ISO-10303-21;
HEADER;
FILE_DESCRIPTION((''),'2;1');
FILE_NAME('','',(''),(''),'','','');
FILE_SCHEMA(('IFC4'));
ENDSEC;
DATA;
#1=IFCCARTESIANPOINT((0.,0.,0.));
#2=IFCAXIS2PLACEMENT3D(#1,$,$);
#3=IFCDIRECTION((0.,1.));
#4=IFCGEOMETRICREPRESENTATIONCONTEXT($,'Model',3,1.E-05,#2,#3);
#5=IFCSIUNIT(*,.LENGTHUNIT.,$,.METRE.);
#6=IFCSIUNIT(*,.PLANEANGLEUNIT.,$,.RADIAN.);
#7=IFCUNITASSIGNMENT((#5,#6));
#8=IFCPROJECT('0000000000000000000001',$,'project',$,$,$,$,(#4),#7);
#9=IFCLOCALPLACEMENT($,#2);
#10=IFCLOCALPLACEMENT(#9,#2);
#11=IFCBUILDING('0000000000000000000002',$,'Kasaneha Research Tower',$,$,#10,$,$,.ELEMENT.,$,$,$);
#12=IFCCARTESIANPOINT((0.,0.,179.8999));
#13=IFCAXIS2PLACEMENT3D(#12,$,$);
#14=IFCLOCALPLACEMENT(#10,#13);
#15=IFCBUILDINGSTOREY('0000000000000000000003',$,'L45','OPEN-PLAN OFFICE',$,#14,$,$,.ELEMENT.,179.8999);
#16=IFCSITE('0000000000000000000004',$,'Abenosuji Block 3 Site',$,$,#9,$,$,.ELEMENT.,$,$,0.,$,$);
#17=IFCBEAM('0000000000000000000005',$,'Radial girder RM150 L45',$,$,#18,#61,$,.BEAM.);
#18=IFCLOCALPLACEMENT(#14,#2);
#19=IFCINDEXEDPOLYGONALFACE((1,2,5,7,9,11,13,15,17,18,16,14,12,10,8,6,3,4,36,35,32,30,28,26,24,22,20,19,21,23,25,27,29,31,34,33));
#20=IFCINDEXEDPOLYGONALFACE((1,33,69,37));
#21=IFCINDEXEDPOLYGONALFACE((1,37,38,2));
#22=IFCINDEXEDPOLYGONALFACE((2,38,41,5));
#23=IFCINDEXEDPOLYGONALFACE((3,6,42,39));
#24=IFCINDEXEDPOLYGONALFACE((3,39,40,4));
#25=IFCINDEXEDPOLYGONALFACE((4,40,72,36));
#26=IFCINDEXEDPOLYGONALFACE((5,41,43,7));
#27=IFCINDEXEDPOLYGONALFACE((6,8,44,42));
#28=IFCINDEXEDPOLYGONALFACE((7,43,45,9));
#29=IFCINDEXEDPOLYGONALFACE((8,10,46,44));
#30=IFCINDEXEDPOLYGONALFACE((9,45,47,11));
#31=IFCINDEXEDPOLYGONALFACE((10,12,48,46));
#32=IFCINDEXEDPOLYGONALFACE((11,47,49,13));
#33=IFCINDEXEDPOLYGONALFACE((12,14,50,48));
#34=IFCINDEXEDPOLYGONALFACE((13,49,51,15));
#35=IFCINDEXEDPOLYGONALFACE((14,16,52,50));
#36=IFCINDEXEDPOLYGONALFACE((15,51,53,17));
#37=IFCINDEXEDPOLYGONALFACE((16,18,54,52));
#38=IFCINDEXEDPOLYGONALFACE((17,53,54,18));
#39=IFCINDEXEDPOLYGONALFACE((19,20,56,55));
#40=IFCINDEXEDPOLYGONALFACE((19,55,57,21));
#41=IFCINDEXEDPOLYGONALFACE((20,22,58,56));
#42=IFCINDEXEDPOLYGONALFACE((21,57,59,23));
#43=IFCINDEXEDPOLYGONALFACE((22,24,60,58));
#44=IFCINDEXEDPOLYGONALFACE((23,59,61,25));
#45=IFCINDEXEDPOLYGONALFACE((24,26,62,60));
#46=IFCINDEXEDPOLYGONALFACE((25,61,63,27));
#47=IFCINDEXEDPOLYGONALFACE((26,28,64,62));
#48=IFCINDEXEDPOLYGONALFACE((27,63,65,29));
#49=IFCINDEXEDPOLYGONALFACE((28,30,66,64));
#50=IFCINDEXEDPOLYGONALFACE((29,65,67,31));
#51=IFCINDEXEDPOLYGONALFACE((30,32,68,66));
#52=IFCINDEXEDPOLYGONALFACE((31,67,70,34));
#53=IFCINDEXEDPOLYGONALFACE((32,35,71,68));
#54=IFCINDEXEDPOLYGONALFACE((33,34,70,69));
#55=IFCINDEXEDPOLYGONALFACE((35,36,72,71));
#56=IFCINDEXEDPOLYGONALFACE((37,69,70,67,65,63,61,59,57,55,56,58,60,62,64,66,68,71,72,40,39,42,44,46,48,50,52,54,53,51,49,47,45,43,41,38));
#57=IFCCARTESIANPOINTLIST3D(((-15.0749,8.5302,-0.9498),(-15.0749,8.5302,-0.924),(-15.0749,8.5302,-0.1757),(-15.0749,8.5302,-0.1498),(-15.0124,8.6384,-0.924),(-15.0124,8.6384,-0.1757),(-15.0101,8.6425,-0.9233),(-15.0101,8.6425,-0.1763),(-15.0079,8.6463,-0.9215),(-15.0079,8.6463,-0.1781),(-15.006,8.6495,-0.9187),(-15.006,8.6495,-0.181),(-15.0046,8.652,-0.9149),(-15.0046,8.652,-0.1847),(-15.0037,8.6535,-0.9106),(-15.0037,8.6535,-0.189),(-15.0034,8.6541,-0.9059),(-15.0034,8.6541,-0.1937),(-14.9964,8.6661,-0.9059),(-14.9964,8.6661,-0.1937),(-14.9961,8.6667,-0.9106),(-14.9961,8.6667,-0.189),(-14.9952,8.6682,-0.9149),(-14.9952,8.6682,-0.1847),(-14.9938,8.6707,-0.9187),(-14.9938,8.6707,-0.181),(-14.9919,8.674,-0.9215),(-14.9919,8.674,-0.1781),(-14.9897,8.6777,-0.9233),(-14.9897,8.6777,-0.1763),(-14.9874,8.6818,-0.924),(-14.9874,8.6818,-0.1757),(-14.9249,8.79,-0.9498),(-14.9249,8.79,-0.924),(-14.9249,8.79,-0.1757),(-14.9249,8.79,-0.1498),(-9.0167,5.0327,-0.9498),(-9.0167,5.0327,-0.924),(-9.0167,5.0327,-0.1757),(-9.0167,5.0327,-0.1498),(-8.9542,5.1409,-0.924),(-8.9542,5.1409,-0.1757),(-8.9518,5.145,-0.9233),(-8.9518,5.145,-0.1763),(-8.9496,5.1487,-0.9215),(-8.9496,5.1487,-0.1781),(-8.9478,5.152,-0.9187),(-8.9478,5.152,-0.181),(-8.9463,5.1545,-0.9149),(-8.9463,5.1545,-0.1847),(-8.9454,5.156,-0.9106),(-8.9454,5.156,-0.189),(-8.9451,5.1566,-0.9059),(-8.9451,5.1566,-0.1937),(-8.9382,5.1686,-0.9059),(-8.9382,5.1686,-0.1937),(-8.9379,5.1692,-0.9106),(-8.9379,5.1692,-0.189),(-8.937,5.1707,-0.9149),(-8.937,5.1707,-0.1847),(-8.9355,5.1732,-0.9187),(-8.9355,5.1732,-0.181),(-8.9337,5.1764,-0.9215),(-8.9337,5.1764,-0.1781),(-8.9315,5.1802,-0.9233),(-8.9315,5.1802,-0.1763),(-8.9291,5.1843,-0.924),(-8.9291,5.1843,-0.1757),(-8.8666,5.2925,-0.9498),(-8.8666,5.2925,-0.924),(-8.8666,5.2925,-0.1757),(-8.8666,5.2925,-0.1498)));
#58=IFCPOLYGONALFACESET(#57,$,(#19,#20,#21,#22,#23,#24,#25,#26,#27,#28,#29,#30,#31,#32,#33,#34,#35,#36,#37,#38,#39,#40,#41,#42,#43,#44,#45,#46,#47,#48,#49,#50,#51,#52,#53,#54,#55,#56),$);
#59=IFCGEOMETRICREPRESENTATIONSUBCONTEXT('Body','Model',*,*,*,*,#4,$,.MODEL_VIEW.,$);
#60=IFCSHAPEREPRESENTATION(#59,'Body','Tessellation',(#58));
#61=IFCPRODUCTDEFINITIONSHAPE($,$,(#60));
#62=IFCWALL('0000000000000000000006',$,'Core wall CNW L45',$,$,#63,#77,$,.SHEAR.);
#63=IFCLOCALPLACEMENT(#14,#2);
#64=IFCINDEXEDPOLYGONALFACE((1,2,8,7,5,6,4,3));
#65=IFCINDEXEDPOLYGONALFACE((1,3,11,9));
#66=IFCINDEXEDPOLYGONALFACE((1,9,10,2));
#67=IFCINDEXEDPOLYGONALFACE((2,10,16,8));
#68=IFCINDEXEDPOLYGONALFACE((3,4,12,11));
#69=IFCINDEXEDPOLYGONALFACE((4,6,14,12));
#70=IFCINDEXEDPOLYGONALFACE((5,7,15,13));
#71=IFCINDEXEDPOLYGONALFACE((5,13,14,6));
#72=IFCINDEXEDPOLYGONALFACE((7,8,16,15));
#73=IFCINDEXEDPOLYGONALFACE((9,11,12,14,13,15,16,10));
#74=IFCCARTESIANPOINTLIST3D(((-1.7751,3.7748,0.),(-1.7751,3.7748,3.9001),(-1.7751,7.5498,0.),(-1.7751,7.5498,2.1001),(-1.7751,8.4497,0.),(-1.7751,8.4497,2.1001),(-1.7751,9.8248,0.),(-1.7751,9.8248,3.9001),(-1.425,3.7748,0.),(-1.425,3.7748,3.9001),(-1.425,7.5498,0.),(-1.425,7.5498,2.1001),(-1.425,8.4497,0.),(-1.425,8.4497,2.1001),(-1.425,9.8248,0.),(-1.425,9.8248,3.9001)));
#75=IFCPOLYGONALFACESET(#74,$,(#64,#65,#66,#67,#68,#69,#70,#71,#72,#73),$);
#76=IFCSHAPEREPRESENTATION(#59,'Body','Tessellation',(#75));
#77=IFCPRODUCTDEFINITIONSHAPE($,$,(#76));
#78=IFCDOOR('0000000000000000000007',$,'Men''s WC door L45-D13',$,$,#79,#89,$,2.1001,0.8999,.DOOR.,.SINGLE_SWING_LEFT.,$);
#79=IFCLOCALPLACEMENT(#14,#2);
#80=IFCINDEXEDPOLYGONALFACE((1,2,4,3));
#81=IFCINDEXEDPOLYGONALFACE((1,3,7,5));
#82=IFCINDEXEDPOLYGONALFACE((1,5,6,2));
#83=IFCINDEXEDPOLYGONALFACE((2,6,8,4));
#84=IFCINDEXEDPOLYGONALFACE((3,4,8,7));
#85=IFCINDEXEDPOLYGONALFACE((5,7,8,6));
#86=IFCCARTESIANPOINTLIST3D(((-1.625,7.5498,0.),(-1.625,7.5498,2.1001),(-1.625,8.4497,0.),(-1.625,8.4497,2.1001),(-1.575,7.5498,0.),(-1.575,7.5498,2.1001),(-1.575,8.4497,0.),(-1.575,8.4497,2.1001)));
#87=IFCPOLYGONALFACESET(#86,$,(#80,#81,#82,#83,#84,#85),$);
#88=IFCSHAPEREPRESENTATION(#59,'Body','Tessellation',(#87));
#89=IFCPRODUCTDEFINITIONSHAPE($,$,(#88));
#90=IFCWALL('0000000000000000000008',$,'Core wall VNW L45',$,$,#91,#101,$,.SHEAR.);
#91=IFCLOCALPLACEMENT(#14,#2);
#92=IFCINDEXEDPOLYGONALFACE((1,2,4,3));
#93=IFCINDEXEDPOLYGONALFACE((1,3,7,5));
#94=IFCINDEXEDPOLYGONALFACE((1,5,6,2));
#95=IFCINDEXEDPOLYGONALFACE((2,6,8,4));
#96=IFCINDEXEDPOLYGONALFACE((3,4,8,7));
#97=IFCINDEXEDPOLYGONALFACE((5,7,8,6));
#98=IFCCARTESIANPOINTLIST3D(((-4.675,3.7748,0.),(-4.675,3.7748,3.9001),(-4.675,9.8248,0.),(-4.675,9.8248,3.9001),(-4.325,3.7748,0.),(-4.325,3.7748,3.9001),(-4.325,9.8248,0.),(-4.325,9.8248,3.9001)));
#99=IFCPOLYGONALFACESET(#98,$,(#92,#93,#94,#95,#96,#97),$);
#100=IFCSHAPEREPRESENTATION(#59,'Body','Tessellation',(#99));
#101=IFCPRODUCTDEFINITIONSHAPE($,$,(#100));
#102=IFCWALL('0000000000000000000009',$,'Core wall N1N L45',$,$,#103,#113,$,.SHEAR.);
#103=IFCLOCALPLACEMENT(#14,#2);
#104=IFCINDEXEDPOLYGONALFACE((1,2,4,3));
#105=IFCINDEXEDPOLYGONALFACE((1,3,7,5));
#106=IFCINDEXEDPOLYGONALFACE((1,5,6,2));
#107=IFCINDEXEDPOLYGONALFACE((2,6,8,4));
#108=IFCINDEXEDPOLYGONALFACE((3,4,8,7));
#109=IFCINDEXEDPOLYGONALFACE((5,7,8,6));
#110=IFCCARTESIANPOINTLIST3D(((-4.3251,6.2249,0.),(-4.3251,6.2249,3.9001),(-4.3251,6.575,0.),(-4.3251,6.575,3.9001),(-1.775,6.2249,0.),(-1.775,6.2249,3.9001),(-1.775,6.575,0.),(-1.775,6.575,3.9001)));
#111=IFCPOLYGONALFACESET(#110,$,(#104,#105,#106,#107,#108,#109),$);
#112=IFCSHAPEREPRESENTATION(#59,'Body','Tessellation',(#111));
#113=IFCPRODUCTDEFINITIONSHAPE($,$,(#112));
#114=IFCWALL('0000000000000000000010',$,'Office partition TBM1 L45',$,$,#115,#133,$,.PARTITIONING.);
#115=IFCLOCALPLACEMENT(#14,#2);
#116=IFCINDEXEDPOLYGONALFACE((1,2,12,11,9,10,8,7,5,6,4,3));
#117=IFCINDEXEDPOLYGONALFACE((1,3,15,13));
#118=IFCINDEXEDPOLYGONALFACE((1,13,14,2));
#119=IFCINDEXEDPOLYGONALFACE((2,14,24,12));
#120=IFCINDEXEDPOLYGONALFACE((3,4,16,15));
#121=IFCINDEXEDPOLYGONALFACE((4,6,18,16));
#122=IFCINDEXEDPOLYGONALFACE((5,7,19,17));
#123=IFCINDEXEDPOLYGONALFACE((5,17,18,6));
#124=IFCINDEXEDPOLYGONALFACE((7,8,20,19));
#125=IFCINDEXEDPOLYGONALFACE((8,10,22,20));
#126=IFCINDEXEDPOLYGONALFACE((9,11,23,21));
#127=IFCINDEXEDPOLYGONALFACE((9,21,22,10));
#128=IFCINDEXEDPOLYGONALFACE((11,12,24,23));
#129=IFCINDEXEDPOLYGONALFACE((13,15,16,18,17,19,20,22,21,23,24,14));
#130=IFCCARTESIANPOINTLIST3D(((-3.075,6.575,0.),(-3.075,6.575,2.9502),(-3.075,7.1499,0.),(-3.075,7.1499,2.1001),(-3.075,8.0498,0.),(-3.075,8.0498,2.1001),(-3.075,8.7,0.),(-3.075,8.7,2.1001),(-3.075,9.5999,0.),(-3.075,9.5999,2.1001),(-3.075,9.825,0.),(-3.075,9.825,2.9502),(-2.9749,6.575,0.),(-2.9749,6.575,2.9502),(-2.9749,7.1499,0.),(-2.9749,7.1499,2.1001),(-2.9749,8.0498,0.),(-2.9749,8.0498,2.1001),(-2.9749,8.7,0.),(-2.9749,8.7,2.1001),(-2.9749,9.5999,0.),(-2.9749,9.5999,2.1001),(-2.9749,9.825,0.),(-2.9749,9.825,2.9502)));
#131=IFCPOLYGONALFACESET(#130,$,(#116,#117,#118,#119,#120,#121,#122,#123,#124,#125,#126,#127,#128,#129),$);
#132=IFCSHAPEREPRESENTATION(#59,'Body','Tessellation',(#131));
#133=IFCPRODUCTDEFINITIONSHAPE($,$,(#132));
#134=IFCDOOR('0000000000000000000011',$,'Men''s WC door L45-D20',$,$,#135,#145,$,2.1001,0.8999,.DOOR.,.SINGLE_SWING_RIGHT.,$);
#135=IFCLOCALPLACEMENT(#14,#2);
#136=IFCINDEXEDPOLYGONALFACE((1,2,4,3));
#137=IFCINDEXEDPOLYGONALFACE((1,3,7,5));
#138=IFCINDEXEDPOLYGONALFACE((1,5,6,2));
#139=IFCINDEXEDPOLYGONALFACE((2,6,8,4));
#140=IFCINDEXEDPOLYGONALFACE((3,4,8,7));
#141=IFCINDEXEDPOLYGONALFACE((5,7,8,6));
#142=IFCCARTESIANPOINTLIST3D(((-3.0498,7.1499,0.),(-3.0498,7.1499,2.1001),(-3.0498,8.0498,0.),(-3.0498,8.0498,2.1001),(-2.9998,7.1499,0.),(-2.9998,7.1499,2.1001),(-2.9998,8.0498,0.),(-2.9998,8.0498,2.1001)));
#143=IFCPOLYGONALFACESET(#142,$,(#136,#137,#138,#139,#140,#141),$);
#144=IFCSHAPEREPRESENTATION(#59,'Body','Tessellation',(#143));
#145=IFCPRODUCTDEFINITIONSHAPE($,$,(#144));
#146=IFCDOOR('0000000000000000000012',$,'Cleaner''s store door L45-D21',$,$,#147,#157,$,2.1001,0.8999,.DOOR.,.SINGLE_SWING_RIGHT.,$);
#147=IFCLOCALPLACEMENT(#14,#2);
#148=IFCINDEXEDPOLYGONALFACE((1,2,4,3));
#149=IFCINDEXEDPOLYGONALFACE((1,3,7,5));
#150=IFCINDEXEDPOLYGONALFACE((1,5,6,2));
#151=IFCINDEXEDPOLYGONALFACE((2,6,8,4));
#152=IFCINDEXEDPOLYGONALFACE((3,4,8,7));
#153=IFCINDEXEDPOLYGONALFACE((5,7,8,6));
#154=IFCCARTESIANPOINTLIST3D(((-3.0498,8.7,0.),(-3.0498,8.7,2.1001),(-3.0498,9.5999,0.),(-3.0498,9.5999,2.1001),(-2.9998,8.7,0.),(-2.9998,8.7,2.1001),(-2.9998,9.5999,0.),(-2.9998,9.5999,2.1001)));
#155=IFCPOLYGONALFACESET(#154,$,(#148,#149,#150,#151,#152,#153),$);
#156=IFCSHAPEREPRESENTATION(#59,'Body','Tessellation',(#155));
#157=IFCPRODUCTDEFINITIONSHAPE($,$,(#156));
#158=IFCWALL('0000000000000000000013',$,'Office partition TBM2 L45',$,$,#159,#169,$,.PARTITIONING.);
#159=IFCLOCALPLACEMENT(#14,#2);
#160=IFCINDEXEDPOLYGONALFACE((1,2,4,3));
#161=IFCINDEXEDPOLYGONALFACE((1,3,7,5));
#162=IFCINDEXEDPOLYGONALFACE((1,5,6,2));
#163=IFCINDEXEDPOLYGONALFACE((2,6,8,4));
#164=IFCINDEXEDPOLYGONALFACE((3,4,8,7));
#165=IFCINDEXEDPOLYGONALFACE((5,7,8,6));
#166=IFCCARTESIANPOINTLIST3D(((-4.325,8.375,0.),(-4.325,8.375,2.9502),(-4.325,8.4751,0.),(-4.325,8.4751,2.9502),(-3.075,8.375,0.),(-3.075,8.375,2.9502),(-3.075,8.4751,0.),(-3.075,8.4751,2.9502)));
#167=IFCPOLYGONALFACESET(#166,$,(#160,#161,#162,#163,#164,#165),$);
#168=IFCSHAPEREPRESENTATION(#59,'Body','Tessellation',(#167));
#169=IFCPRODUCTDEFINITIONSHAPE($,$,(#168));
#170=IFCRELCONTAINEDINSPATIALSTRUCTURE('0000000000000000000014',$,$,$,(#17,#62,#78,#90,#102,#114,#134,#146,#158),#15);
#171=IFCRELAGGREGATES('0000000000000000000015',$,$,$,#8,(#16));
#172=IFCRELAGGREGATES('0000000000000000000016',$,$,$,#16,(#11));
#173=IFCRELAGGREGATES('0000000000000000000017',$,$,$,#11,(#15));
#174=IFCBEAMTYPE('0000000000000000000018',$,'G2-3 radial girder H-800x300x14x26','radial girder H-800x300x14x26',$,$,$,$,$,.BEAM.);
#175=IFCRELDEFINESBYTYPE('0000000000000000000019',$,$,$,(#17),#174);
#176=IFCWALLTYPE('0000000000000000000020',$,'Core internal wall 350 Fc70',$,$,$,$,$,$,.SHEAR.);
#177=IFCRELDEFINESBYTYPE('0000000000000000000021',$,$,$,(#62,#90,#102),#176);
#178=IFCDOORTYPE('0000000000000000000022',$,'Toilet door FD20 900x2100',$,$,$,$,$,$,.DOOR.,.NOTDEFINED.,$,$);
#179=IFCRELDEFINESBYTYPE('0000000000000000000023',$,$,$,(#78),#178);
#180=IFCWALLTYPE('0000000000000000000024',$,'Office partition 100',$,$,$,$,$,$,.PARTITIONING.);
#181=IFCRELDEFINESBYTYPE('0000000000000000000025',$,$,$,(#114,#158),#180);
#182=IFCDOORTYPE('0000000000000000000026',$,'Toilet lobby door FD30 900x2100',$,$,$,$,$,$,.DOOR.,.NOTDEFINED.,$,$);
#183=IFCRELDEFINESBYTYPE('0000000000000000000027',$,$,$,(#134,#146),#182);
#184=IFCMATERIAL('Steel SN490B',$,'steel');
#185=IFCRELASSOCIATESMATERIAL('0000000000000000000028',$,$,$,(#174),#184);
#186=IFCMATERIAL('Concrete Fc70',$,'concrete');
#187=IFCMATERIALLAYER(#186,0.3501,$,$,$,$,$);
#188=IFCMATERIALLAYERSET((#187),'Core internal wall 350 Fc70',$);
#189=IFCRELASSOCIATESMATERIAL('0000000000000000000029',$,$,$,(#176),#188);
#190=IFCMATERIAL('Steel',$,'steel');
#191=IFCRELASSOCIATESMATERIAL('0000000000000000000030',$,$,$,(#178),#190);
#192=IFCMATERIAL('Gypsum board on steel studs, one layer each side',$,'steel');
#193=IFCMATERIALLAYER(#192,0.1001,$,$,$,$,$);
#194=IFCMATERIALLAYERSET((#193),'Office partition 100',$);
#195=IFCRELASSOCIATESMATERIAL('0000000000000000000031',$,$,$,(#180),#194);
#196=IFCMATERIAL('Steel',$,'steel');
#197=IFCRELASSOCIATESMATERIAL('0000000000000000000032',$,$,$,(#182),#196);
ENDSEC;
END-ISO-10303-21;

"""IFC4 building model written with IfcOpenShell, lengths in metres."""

from ifc_helpers import new_model, si_unit, direction, frame, frame_2d, origin, origin_2d, place, context, subcontext, project, spatial, rectangle, i_section, extrude, material, layer, layer_set, material_profile, profile_set, type_object, element, fill, save


model = new_model("IFC4")

# Units and contexts
model_context = context("Model", 3, precision=1e-05, world=origin(), true_north=direction((0.0, 1.0)))
body_context = subcontext(model_context, "Body", "Model", "MODEL_VIEW")
ifc_project = project(units=[si_unit("LENGTHUNIT", "METRE"), si_unit("PLANEANGLEUNIT", "RADIAN")], contexts=[model_context])

# Site, building, storey
site_placement = place(None, origin())
site = spatial("IfcSite", under=ifc_project, at=site_placement, Name="Abenosuji Block 3 Site", CompositionType="ELEMENT", RefElevation=0.0)
building_placement = place(site_placement, origin())
building = spatial("IfcBuilding", under=site, at=building_placement, Name="Kasaneha Research Tower", CompositionType="ELEMENT")
storey_placement = place(building_placement, frame((0.0, 0.0, 179.8999)))
storey = spatial("IfcBuildingStorey", under=building, at=storey_placement, Name="L45", Description="OPEN-PLAN OFFICE", CompositionType="ELEMENT", Elevation=179.8999)

# Beam
ifc_material_1 = material(Name="Steel SN490B", Category="steel")
ifc_material_profile = material_profile(ifc_material_1, i_section(OverallWidth=0.3, OverallDepth=0.8, WebThickness=0.0139, FlangeThickness=0.0259, FilletRadius=0.0181, at=origin_2d()), Name="H-800x300x14x26")
ifc_profile_set = profile_set([ifc_material_profile], Name="Steel SN490B")
beam_type = type_object("IfcBeamType", Name="G2-3 radial girder H-800x300x14x26", Description="radial girder H-800x300x14x26", PredefinedType="BEAM", material=ifc_profile_set)
beam_placement = place(storey_placement, frame((-8.9417, 5.1626, -0.5498), z_axis=(-0.86604, 0.499975, 0.0), x_axis=(-0.499975, -0.86604, 0.0)))
element("IfcBeam", 1, at=beam_placement, inside=storey, type_object=beam_type, Name="Radial girder RM150 L45", PredefinedType="BEAM", context=body_context, shape_type="SweptSolid", body=[
    extrude(i_section(OverallWidth=0.3, OverallDepth=0.8, WebThickness=0.0139, FlangeThickness=0.0259, FilletRadius=0.0181, at=origin_2d()), origin(), (0.0, 0.0, 1.0), 6.9954),
])

# Shared definitions
ifc_material_2 = material(Name="Concrete Fc70", Category="concrete")
ifc_layer_1 = layer(ifc_material_2, 0.3501)
ifc_layer_set_1 = layer_set([ifc_layer_1], Name="Core internal wall 350 Fc70")
wall_type_1 = type_object("IfcWallType", Name="Core internal wall 350 Fc70", PredefinedType="SHEAR", material=ifc_layer_set_1)

# Wall, opening, door
wall_1_placement = place(storey_placement, frame((-1.6001, 3.7749, 0.0), z_axis=(0.0, 0.0, 1.0), x_axis=(0.0, 1.0, 0.0)))
wall_1 = element("IfcWall", 2, at=wall_1_placement, inside=storey, type_object=wall_type_1, Name="Core wall CNW L45", PredefinedType="SHEAR", context=body_context, shape_type="SweptSolid", body=[
    extrude(rectangle(XDim=6.05, YDim=0.3501, at=frame_2d((3.0249, 0.0))), origin(), (0.0, 0.0, 1.0), 3.9001),
])
opening_1_placement = place(wall_1_placement, frame((3.7749, 0.0, 0.0)))
opening_1 = element("IfcOpeningElement", 3, at=opening_1_placement, cuts=wall_1, PredefinedType="OPENING", context=body_context, shape_type="SweptSolid", body=[
    extrude(rectangle(XDim=0.8999, YDim=2.1001, at=frame_2d((0.45, 1.05))), frame((0.0, 0.1851, 0.0), z_axis=(0.0, -1.0, 0.0), x_axis=(1.0, 0.0, 0.0)), (0.0, 0.0, 1.0), 0.3701),
])
ifc_material_3 = material(Name="Steel", Category="steel")
door_type_1 = type_object("IfcDoorType", Name="Toilet door FD20 900x2100", OperationType="NOTDEFINED", PredefinedType="DOOR", material=ifc_material_3)
door_1_placement = place(opening_1_placement, origin())
door_1 = element("IfcDoor", 4, at=door_1_placement, inside=storey, type_object=door_type_1, Name="Men's WC door L45-D13", OperationType="SINGLE_SWING_LEFT", OverallHeight=2.1001, OverallWidth=0.8999, PredefinedType="DOOR", context=body_context, shape_type="SweptSolid", body=[
    extrude(rectangle(XDim=0.8999, YDim=2.1001, at=frame_2d((0.45, 1.05))), frame((0.0, 0.0249, 0.0), z_axis=(0.0, -1.0, 0.0), x_axis=(1.0, 0.0, 0.0)), (0.0, 0.0, 1.0), 0.05),
])
fill(opening_1, door_1)

# Walls
wall_2_placement = place(storey_placement, frame((-4.5, 3.7749, 0.0), z_axis=(0.0, 0.0, 1.0), x_axis=(0.0, 1.0, 0.0)))
element("IfcWall", 5, at=wall_2_placement, inside=storey, type_object=wall_type_1, Name="Core wall VNW L45", PredefinedType="SHEAR", context=body_context, shape_type="SweptSolid", body=[
    extrude(rectangle(XDim=6.05, YDim=0.3501, at=frame_2d((3.0249, 0.0))), origin(), (0.0, 0.0, 1.0), 3.9001),
])
wall_3_placement = place(storey_placement, frame((-4.325, 6.3999, 0.0), z_axis=(0.0, 0.0, 1.0), x_axis=(1.0, 0.0, 0.0)))
element("IfcWall", 6, at=wall_3_placement, inside=storey, type_object=wall_type_1, Name="Core wall N1N L45", PredefinedType="SHEAR", context=body_context, shape_type="SweptSolid", body=[
    extrude(rectangle(XDim=2.55, YDim=0.3501, at=frame_2d((1.2749, 0.0))), origin(), (0.0, 0.0, 1.0), 3.9001),
])

# Wall, openings, doors
ifc_material_4 = material(Name="Gypsum board on steel studs, one layer each side", Category="steel")
ifc_layer_2 = layer(ifc_material_4, 0.1001)
ifc_layer_set_2 = layer_set([ifc_layer_2], Name="Office partition 100")
wall_type_2 = type_object("IfcWallType", Name="Office partition 100", PredefinedType="PARTITIONING", material=ifc_layer_set_2)
wall_4_placement = place(storey_placement, frame((-3.0249, 6.575, 0.0), z_axis=(0.0, 0.0, 1.0), x_axis=(0.0, 1.0, 0.0)))
wall_4 = element("IfcWall", 7, at=wall_4_placement, inside=storey, type_object=wall_type_2, Name="Office partition TBM1 L45", PredefinedType="PARTITIONING", context=body_context, shape_type="SweptSolid", body=[
    extrude(rectangle(XDim=3.25, YDim=0.1001, at=frame_2d((1.625, 0.0))), origin(), (0.0, 0.0, 1.0), 2.9502),
])
opening_2_placement = place(wall_4_placement, frame((0.575, 0.0, 0.0)))
opening_2 = element("IfcOpeningElement", 8, at=opening_2_placement, cuts=wall_4, PredefinedType="OPENING", context=body_context, shape_type="SweptSolid", body=[
    extrude(rectangle(XDim=0.8999, YDim=2.1001, at=frame_2d((0.45, 1.05))), frame((0.0, 0.0601, 0.0), z_axis=(0.0, -1.0, 0.0), x_axis=(1.0, 0.0, 0.0)), (0.0, 0.0, 1.0), 0.1201),
])
opening_3_placement = place(wall_4_placement, frame((2.125, 0.0, 0.0)))
opening_3 = element("IfcOpeningElement", 9, at=opening_3_placement, cuts=wall_4, PredefinedType="OPENING", context=body_context, shape_type="SweptSolid", body=[
    extrude(rectangle(XDim=0.8999, YDim=2.1001, at=frame_2d((0.45, 1.05))), frame((0.0, 0.0601, 0.0), z_axis=(0.0, -1.0, 0.0), x_axis=(1.0, 0.0, 0.0)), (0.0, 0.0, 1.0), 0.1201),
])
ifc_material_5 = material(Name="Steel", Category="steel")
door_type_2 = type_object("IfcDoorType", Name="Toilet lobby door FD30 900x2100", OperationType="NOTDEFINED", PredefinedType="DOOR", material=ifc_material_5)
door_2_placement = place(opening_2_placement, origin())
door_2 = element("IfcDoor", 10, at=door_2_placement, inside=storey, type_object=door_type_2, Name="Men's WC door L45-D20", OperationType="SINGLE_SWING_RIGHT", OverallHeight=2.1001, OverallWidth=0.8999, PredefinedType="DOOR", context=body_context, shape_type="SweptSolid", body=[
    extrude(rectangle(XDim=0.8999, YDim=2.1001, at=frame_2d((0.45, 1.05))), frame((0.0, 0.0249, 0.0), z_axis=(0.0, -1.0, 0.0), x_axis=(1.0, 0.0, 0.0)), (0.0, 0.0, 1.0), 0.05),
])
fill(opening_2, door_2)
door_3_placement = place(opening_3_placement, origin())
door_3 = element("IfcDoor", 11, at=door_3_placement, inside=storey, type_object=door_type_2, Name="Cleaner's store door L45-D21", OperationType="SINGLE_SWING_RIGHT", OverallHeight=2.1001, OverallWidth=0.8999, PredefinedType="DOOR", context=body_context, shape_type="SweptSolid", body=[
    extrude(rectangle(XDim=0.8999, YDim=2.1001, at=frame_2d((0.45, 1.05))), frame((0.0, 0.0249, 0.0), z_axis=(0.0, -1.0, 0.0), x_axis=(1.0, 0.0, 0.0)), (0.0, 0.0, 1.0), 0.05),
])
fill(opening_3, door_3)

# Wall
wall_5_placement = place(storey_placement, frame((-3.075, 8.425, 0.0), z_axis=(0.0, 0.0, 1.0), x_axis=(-1.0, 0.0, 0.0)))
element("IfcWall", 12, at=wall_5_placement, inside=storey, type_object=wall_type_2, Name="Office partition TBM2 L45", PredefinedType="PARTITIONING", context=body_context, shape_type="SweptSolid", body=[
    extrude(rectangle(XDim=1.25, YDim=0.1001, at=frame_2d((0.625, 0.0))), origin(), (0.0, 0.0, 1.0), 2.9502),
])

save(model, "model.ifc")
